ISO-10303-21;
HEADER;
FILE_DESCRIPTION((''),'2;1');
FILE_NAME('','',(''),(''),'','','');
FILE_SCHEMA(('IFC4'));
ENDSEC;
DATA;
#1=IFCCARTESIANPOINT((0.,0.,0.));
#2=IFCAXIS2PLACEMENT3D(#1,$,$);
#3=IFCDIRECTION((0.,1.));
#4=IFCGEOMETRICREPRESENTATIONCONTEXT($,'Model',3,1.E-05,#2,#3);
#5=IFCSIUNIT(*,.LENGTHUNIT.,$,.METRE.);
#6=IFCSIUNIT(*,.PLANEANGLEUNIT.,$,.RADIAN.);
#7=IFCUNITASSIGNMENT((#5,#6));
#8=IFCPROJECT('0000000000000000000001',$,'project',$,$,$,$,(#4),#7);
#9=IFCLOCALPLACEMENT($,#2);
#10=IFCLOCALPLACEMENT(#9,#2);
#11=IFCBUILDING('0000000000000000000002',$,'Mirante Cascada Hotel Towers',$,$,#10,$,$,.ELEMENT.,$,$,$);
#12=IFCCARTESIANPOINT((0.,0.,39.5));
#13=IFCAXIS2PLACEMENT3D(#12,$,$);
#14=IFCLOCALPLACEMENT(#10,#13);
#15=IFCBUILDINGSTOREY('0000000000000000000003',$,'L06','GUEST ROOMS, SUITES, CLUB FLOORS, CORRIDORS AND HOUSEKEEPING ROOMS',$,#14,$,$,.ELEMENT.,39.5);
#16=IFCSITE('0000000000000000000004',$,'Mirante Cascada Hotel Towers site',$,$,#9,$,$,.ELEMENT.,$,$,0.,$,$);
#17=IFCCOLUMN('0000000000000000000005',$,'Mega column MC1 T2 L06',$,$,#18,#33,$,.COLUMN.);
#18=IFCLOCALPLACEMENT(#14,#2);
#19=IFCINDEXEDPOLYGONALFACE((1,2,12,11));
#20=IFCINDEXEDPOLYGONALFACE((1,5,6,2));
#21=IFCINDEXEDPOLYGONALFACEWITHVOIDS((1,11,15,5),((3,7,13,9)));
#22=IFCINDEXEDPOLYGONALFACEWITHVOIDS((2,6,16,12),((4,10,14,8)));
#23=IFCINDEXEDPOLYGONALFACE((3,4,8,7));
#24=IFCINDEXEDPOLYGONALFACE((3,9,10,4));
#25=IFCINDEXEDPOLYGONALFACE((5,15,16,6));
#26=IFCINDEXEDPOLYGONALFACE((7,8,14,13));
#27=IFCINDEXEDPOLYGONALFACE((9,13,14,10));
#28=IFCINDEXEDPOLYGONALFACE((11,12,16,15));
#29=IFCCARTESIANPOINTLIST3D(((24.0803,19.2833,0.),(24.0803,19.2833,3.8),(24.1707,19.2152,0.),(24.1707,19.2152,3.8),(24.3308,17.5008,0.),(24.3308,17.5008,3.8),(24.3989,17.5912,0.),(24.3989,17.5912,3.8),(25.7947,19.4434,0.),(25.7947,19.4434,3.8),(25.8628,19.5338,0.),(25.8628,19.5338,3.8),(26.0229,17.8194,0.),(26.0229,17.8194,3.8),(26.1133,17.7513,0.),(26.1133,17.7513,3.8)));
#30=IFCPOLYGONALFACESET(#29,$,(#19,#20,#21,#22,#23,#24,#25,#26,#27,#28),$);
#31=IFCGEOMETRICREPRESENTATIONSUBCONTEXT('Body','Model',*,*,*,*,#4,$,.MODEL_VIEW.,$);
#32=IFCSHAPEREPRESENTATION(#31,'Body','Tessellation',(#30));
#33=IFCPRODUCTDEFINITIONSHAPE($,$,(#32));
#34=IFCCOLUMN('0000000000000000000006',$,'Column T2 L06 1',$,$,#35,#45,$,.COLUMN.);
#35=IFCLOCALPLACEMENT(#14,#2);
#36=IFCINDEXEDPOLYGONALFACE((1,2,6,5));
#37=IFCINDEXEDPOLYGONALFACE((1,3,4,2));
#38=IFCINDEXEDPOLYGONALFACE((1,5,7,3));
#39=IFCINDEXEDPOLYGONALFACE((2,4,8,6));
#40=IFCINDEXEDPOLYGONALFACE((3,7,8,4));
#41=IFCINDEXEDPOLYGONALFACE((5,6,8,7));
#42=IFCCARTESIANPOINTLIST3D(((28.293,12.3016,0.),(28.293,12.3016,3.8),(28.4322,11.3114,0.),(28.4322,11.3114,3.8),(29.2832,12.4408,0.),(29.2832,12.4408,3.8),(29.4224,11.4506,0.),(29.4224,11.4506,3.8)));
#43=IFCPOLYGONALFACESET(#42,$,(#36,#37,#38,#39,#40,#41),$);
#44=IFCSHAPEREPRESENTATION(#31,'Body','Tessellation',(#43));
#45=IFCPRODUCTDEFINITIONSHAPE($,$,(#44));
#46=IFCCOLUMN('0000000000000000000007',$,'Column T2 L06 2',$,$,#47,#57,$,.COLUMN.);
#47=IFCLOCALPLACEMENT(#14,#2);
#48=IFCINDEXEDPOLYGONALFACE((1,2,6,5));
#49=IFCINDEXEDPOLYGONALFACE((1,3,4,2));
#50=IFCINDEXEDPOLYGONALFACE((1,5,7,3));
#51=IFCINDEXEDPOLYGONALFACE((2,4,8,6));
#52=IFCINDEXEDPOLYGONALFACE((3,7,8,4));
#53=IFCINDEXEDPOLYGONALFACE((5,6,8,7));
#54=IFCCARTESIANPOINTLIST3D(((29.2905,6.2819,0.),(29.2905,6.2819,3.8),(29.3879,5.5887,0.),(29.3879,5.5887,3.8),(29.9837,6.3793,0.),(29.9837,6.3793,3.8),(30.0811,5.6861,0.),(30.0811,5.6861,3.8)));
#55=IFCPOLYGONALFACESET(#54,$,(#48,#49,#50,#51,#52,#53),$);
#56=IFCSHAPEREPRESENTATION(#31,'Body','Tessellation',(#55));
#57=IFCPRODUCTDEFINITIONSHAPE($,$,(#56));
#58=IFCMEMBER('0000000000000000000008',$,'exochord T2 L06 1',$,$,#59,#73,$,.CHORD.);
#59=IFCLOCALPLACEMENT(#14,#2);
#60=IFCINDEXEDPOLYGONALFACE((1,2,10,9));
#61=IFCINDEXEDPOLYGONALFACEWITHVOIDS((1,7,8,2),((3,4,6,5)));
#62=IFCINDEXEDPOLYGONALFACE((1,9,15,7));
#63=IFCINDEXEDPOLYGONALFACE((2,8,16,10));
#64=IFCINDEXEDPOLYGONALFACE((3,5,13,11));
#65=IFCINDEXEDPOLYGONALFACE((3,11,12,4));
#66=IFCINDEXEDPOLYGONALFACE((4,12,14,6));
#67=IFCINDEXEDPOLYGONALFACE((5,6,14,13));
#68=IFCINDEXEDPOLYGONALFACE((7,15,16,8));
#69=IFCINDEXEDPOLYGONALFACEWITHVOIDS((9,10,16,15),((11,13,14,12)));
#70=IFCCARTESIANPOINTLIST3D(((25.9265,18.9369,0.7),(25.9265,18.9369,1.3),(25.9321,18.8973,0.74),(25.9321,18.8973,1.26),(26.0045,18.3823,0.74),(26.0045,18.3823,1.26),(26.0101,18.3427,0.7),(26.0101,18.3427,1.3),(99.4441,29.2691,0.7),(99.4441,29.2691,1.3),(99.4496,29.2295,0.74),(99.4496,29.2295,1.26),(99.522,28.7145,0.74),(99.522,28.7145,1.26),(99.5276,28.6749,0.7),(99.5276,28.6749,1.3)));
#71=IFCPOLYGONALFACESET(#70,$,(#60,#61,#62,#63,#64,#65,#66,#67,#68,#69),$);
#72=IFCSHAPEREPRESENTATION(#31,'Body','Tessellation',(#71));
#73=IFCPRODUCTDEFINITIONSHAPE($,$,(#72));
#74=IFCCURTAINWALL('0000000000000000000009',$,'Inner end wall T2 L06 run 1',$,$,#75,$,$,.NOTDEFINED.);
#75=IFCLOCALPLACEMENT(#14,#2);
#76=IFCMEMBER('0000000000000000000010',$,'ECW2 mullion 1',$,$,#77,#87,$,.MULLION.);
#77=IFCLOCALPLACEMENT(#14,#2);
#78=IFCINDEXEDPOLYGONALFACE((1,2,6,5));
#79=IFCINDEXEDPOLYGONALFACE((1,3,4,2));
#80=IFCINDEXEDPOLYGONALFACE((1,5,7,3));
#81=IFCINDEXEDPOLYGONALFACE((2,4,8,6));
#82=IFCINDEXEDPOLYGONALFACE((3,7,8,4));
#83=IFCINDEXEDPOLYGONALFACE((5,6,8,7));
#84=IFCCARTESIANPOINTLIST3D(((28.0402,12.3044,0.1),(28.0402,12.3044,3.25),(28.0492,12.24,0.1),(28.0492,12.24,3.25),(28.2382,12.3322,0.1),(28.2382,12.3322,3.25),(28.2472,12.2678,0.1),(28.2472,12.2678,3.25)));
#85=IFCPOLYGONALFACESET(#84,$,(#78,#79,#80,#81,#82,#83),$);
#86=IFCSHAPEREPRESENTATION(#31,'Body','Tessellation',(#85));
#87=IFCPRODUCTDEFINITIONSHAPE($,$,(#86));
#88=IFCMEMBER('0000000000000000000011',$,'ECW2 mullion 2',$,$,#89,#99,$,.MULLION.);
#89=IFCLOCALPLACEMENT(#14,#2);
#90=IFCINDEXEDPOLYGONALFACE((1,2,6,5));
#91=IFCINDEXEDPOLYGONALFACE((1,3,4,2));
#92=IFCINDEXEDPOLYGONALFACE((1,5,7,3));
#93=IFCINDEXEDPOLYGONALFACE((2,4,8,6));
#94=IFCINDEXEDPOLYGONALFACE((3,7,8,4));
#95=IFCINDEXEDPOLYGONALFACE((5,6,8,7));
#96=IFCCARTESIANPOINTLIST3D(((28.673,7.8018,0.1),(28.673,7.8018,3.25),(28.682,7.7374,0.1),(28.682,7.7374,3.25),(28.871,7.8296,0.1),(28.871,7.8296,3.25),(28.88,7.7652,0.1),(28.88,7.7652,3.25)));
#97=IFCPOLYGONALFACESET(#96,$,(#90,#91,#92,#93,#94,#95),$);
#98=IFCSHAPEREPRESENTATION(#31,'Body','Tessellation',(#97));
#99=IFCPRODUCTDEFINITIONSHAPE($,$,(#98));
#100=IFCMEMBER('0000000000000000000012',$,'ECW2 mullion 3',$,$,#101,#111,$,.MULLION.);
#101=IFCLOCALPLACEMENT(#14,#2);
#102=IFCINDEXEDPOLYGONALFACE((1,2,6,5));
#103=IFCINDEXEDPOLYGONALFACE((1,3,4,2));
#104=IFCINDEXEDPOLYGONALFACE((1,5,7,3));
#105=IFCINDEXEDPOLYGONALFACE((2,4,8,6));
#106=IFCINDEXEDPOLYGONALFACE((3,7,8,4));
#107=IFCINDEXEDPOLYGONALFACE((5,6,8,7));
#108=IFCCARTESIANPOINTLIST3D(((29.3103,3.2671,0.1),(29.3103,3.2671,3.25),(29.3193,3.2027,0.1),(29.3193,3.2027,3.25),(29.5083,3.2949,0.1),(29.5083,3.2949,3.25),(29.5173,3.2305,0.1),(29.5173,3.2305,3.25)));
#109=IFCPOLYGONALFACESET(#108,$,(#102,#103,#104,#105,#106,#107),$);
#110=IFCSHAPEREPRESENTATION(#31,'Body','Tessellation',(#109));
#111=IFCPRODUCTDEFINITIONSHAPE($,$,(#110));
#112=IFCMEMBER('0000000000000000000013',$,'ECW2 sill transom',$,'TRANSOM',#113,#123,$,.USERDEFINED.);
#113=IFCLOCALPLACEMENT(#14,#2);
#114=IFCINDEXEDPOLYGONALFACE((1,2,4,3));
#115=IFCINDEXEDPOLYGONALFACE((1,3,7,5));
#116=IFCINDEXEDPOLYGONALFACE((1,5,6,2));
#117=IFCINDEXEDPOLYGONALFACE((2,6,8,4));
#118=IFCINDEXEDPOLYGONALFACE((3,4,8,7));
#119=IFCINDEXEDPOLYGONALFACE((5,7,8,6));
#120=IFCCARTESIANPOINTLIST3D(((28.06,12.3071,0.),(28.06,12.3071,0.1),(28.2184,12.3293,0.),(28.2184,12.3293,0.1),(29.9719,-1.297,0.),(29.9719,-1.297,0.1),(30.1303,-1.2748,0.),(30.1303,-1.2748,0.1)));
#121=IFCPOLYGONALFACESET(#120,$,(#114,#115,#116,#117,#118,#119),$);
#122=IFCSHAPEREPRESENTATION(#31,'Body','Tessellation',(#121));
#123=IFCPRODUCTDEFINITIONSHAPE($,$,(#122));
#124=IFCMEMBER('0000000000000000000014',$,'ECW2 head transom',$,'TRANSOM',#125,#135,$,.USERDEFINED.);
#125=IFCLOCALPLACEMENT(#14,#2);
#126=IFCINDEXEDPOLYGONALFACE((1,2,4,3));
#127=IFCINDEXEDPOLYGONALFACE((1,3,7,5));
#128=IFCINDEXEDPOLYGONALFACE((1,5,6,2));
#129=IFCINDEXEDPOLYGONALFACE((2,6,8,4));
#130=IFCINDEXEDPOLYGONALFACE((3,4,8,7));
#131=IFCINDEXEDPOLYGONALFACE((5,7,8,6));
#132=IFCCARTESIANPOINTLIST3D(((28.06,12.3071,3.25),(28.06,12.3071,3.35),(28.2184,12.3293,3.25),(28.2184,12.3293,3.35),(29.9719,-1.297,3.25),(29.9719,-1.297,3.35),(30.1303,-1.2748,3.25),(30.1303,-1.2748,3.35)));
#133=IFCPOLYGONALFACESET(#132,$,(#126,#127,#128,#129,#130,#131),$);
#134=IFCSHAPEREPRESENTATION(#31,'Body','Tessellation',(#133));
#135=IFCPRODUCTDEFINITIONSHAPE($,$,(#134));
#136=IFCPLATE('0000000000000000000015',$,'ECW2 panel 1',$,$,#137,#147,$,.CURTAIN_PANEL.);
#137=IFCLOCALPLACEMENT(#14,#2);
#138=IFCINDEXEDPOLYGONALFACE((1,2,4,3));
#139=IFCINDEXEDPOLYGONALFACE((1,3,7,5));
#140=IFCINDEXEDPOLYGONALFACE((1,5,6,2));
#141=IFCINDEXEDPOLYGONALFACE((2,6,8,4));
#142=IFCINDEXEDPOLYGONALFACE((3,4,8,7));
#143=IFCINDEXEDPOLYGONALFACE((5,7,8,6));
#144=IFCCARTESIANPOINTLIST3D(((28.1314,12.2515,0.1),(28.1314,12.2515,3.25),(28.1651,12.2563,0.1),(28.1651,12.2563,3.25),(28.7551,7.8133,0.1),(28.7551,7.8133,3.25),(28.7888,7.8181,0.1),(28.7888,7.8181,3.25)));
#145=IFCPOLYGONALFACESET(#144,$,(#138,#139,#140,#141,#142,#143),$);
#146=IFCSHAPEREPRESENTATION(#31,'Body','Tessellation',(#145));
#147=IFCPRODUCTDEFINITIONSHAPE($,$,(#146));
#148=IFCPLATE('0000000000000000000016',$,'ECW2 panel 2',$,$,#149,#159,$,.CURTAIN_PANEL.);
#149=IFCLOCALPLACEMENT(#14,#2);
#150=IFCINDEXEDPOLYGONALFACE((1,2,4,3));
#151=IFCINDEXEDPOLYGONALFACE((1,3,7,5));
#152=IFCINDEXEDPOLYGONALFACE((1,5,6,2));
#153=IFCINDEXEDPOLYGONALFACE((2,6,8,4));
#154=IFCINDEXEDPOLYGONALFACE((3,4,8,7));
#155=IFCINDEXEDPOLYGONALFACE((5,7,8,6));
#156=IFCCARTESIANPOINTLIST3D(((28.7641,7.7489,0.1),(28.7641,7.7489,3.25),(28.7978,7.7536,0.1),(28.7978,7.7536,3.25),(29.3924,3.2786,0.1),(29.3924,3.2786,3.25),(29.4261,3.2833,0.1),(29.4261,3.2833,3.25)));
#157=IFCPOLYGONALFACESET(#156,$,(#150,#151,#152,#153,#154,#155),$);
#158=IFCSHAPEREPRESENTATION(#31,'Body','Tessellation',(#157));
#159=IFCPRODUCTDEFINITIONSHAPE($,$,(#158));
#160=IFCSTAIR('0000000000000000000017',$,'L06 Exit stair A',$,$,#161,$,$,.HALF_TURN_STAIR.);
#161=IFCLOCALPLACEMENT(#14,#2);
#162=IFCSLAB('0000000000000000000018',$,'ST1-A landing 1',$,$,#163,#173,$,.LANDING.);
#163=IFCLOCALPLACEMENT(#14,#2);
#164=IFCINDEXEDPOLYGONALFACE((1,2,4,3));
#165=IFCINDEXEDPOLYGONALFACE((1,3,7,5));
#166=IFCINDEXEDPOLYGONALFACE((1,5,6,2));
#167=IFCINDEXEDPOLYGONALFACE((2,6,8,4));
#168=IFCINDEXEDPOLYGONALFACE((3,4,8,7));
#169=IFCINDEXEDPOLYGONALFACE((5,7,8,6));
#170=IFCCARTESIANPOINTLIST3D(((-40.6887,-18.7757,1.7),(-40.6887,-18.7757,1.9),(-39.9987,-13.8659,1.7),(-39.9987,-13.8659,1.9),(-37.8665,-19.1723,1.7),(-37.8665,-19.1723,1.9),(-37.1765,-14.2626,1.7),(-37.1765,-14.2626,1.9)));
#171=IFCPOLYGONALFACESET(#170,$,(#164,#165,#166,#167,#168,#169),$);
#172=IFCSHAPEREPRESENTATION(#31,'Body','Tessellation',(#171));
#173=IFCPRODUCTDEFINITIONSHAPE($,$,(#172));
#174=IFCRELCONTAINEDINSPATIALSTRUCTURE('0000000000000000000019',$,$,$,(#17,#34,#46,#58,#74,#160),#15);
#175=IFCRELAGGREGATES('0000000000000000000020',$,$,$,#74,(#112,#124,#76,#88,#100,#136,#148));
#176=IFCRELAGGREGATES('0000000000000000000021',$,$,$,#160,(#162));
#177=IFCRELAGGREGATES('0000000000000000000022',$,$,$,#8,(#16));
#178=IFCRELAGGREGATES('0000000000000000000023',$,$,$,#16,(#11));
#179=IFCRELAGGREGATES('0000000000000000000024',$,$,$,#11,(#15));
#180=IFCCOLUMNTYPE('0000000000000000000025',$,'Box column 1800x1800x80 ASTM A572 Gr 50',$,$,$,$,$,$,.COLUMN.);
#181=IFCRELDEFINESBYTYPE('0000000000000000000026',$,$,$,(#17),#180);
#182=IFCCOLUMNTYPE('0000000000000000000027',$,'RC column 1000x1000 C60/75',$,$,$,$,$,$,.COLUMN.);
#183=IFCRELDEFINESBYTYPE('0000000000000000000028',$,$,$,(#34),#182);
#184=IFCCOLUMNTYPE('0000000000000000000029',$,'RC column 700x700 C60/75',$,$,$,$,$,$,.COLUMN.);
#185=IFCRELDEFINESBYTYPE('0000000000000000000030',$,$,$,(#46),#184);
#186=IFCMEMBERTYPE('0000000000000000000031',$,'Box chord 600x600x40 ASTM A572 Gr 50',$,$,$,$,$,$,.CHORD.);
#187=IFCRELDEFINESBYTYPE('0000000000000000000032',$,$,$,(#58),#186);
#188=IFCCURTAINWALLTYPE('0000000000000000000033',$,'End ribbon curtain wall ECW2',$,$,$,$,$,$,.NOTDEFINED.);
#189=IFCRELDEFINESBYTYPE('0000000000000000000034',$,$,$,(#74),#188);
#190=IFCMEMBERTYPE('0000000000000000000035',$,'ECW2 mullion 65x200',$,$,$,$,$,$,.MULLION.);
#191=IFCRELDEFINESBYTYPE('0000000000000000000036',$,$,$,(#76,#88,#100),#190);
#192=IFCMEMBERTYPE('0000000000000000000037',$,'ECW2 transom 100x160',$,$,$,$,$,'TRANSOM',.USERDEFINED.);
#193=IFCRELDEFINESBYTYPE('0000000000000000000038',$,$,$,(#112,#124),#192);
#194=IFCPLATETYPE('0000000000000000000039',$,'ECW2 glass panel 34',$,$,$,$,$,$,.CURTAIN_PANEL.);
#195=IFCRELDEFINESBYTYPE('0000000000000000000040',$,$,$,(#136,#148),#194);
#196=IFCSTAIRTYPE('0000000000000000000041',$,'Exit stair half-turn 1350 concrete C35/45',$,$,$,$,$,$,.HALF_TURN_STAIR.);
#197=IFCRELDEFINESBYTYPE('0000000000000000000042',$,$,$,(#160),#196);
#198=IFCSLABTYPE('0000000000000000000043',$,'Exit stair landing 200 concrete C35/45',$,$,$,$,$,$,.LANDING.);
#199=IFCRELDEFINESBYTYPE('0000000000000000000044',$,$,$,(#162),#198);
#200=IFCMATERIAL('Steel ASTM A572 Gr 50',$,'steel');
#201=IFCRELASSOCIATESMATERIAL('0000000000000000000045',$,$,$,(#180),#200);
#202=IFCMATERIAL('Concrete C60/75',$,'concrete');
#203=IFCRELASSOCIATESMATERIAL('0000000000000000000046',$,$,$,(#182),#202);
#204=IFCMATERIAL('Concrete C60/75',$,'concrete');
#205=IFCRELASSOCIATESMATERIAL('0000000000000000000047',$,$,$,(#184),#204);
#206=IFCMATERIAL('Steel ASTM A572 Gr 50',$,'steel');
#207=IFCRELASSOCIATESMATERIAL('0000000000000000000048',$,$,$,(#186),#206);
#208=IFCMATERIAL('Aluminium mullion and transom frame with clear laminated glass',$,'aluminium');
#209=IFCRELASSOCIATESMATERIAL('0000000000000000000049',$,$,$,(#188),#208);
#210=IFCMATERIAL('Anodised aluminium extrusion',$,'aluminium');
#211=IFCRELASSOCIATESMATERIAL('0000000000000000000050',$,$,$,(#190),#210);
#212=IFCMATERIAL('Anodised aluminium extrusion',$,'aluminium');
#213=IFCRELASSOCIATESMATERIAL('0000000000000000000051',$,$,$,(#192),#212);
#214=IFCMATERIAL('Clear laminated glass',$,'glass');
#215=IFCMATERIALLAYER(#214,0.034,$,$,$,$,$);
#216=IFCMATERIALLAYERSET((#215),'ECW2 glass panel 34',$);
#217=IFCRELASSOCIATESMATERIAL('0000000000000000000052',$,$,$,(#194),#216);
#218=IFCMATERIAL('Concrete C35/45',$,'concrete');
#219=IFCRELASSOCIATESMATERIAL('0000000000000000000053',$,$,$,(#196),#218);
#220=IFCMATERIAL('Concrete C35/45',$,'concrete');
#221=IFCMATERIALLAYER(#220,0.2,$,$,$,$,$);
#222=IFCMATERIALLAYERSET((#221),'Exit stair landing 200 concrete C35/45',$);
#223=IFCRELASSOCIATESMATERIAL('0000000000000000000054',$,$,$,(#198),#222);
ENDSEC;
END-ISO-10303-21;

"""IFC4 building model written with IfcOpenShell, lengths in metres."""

from ifc_helpers import new_model, si_unit, direction, frame, origin, origin_2d, place, context, subcontext, project, spatial, polyline, rectangle, hollow_rectangle, outline, extrude, material, layer, layer_set, material_profile, profile_set, type_object, element, aggregate, save


model = new_model("IFC4")

# Units and contexts
model_context = context("Model", 3, precision=1e-05, world=origin(), true_north=direction((0.0, 1.0)))
body_context = subcontext(model_context, "Body", "Model", "MODEL_VIEW")
ifc_project = project(units=[si_unit("LENGTHUNIT", "METRE"), si_unit("PLANEANGLEUNIT", "RADIAN")], contexts=[model_context])

# Site, building, storey
site_placement = place(None, origin())
site = spatial("IfcSite", under=ifc_project, at=site_placement, Name="Mirante Cascada Hotel Towers site", CompositionType="ELEMENT", RefElevation=0.0)
building_placement = place(site_placement, origin())
building = spatial("IfcBuilding", under=site, at=building_placement, Name="Mirante Cascada Hotel Towers", CompositionType="ELEMENT")
storey_placement = place(building_placement, frame((0.0, 0.0, 39.5)))
storey = spatial("IfcBuildingStorey", under=building, at=storey_placement, Name="L06", Description="GUEST ROOMS, SUITES, CLUB FLOORS, CORRIDORS AND HOUSEKEEPING ROOMS", CompositionType="ELEMENT", Elevation=39.5)

# Columns
ifc_material_1 = material(Name="Steel ASTM A572 Gr 50", Category="steel")
ifc_material_profile_1 = material_profile(ifc_material_1, hollow_rectangle(XDim=1.8, YDim=1.8, WallThickness=0.08, at=origin_2d()), Name="Box column 1800x1800x80 ASTM A572 Gr 50")
ifc_profile_set_1 = profile_set([ifc_material_profile_1], Name="Steel ASTM A572 Gr 50")
column_type_1 = type_object("IfcColumnType", Name="Box column 1800x1800x80 ASTM A572 Gr 50", PredefinedType="COLUMN", material=ifc_profile_set_1)
column_1_placement = place(storey_placement, frame((25.0968, 18.5173, 0.0), z_axis=(0.0, 0.0, 1.0), x_axis=(0.990268, 0.139173, 0.0)))
element("IfcColumn", 1, at=column_1_placement, inside=storey, type_object=column_type_1, Name="Mega column MC1 T2 L06", PredefinedType="COLUMN", context=body_context, shape_type="SweptSolid", body=[
    extrude(hollow_rectangle(XDim=1.8, YDim=1.8, WallThickness=0.08, at=origin_2d()), origin(), (0.0, 0.0, 1.0), 3.8),
])
ifc_material_2 = material(Name="Concrete C60/75", Category="concrete")
ifc_material_profile_2 = material_profile(ifc_material_2, rectangle(XDim=1.0, YDim=1.0, at=origin_2d()), Name="RC column 1000x1000 C60/75")
ifc_profile_set_2 = profile_set([ifc_material_profile_2], Name="Concrete C60/75")
column_type_2 = type_object("IfcColumnType", Name="RC column 1000x1000 C60/75", PredefinedType="COLUMN", material=ifc_profile_set_2)
column_2_placement = place(storey_placement, frame((28.8577, 11.8761, 0.0), z_axis=(0.0, 0.0, 1.0), x_axis=(0.990268, 0.139173, 0.0)))
element("IfcColumn", 2, at=column_2_placement, inside=storey, type_object=column_type_2, Name="Column T2 L06 1", PredefinedType="COLUMN", context=body_context, shape_type="SweptSolid", body=[
    extrude(rectangle(XDim=1.0, YDim=1.0, at=origin_2d()), origin(), (0.0, 0.0, 1.0), 3.8),
])
ifc_material_3 = material(Name="Concrete C60/75", Category="concrete")
ifc_material_profile_3 = material_profile(ifc_material_3, rectangle(XDim=0.7, YDim=0.7, at=origin_2d()), Name="RC column 700x700 C60/75")
ifc_profile_set_3 = profile_set([ifc_material_profile_3], Name="Concrete C60/75")
column_type_3 = type_object("IfcColumnType", Name="RC column 700x700 C60/75", PredefinedType="COLUMN", material=ifc_profile_set_3)
column_3_placement = place(storey_placement, frame((29.6858, 5.984, 0.0), z_axis=(0.0, 0.0, 1.0), x_axis=(0.990268, 0.139173, 0.0)))
element("IfcColumn", 3, at=column_3_placement, inside=storey, type_object=column_type_3, Name="Column T2 L06 2", PredefinedType="COLUMN", context=body_context, shape_type="SweptSolid", body=[
    extrude(rectangle(XDim=0.7, YDim=0.7, at=origin_2d()), origin(), (0.0, 0.0, 1.0), 3.8),
])

# Member
ifc_material_4 = material(Name="Steel ASTM A572 Gr 50", Category="steel")
ifc_material_profile_4 = material_profile(ifc_material_4, hollow_rectangle(XDim=0.6, YDim=0.6, WallThickness=0.04, at=origin_2d()), Name="Box chord 600x600x40 ASTM A572 Gr 50")
ifc_profile_set_4 = profile_set([ifc_material_profile_4], Name="Steel ASTM A572 Gr 50")
member_type_1 = type_object("IfcMemberType", Name="Box chord 600x600x40 ASTM A572 Gr 50", PredefinedType="CHORD", material=ifc_profile_set_4)
member_1_placement = place(storey_placement, frame((25.9683, 18.6398, 1.0), z_axis=(0.990268, 0.139173, 0.0), x_axis=(-0.139173, 0.990268, 0.0)))
element("IfcMember", 4, at=member_1_placement, inside=storey, type_object=member_type_1, Name="exochord T2 L06 1", PredefinedType="CHORD", context=body_context, shape_type="SweptSolid", body=[
    extrude(hollow_rectangle(XDim=0.6, YDim=0.6, WallThickness=0.04, at=origin_2d()), origin(), (0.0, 0.0, 1.0), 74.24),
])

# Curtain wall, members, plates
ifc_material_5 = material(Name="Aluminium mullion and transom frame with clear laminated glass", Category="aluminium")
curtain_wall_type = type_object("IfcCurtainWallType", Name="End ribbon curtain wall ECW2", PredefinedType="NOTDEFINED", material=ifc_material_5)
curtain_wall_placement = place(storey_placement, origin())
curtain_wall = element("IfcCurtainWall", 5, at=curtain_wall_placement, inside=storey, type_object=curtain_wall_type, Name="Inner end wall T2 L06 run 1", PredefinedType="NOTDEFINED")
ifc_material_6 = material(Name="Anodised aluminium extrusion", Category="aluminium")
ifc_material_profile_5 = material_profile(ifc_material_6, rectangle(XDim=0.2, YDim=0.065, at=origin_2d()), Name="ECW2 MULLION 65x200")
ifc_profile_set_5 = profile_set([ifc_material_profile_5], Name="Anodised aluminium extrusion")
member_type_2 = type_object("IfcMemberType", Name="ECW2 mullion 65x200", PredefinedType="MULLION", material=ifc_profile_set_5)
member_2_placement = place(storey_placement, frame((28.1437, 12.2861, 0.1), z_axis=(0.0, 0.0, 1.0), x_axis=(0.990268, 0.139173, 0.0)))
member_2 = element("IfcMember", 6, at=member_2_placement, type_object=member_type_2, Name="ECW2 mullion 1", PredefinedType="MULLION", context=body_context, shape_type="SweptSolid", body=[
    extrude(rectangle(XDim=0.2, YDim=0.065, at=origin_2d()), origin(), (0.0, 0.0, 1.0), 3.15),
])
member_3_placement = place(storey_placement, frame((28.7765, 7.7835, 0.1), z_axis=(0.0, 0.0, 1.0), x_axis=(0.990268, 0.139173, 0.0)))
member_3 = element("IfcMember", 7, at=member_3_placement, type_object=member_type_2, Name="ECW2 mullion 2", PredefinedType="MULLION", context=body_context, shape_type="SweptSolid", body=[
    extrude(rectangle(XDim=0.2, YDim=0.065, at=origin_2d()), origin(), (0.0, 0.0, 1.0), 3.15),
])
member_4_placement = place(storey_placement, frame((29.4138, 3.2488, 0.1), z_axis=(0.0, 0.0, 1.0), x_axis=(0.990268, 0.139173, 0.0)))
member_4 = element("IfcMember", 8, at=member_4_placement, type_object=member_type_2, Name="ECW2 mullion 3", PredefinedType="MULLION", context=body_context, shape_type="SweptSolid", body=[
    extrude(rectangle(XDim=0.2, YDim=0.065, at=origin_2d()), origin(), (0.0, 0.0, 1.0), 3.15),
])
ifc_material_7 = material(Name="Anodised aluminium extrusion", Category="aluminium")
ifc_material_profile_6 = material_profile(ifc_material_7, rectangle(XDim=0.16, YDim=0.1, at=origin_2d()), Name="ECW2 TRANSOM 100x160")
ifc_profile_set_6 = profile_set([ifc_material_profile_6], Name="Anodised aluminium extrusion")
member_type_3 = type_object("IfcMemberType", Name="ECW2 transom 100x160", ElementType="TRANSOM", PredefinedType="USERDEFINED", material=ifc_profile_set_6)
member_5_placement = place(storey_placement, frame((28.1392, 12.3182, 0.05), z_axis=(0.139171, -0.990268, 0.0), x_axis=(0.990268, 0.139171, 0.0)))
member_5 = element("IfcMember", 9, at=member_5_placement, type_object=member_type_3, Name="ECW2 sill transom", ObjectType="TRANSOM", PredefinedType="USERDEFINED", context=body_context, shape_type="SweptSolid", body=[
    extrude(rectangle(XDim=0.16, YDim=0.1, at=origin_2d()), origin(), (0.0, 0.0, 1.0), 13.7378),
])
member_6_placement = place(storey_placement, frame((28.1392, 12.3182, 3.3), z_axis=(0.139171, -0.990268, 0.0), x_axis=(0.990268, 0.139171, 0.0)))
member_6 = element("IfcMember", 10, at=member_6_placement, type_object=member_type_3, Name="ECW2 head transom", ObjectType="TRANSOM", PredefinedType="USERDEFINED", context=body_context, shape_type="SweptSolid", body=[
    extrude(rectangle(XDim=0.16, YDim=0.1, at=origin_2d()), origin(), (0.0, 0.0, 1.0), 13.7378),
])
ifc_material_8 = material(Name="Clear laminated glass", Category="glass")
ifc_layer_1 = layer(ifc_material_8, 0.034)
ifc_layer_set_1 = layer_set([ifc_layer_1], Name="ECW2 glass panel 34")
plate_type = type_object("IfcPlateType", Name="ECW2 glass panel 34", PredefinedType="CURTAIN_PANEL", material=ifc_layer_set_1)
plate_1_placement = place(storey_placement, frame((28.4601, 10.0348, 0.1), z_axis=(0.0, 0.0, 1.0), x_axis=(0.139173, -0.990268, 0.0)))
plate_1 = element("IfcPlate", 11, at=plate_1_placement, type_object=plate_type, Name="ECW2 panel 1", PredefinedType="CURTAIN_PANEL", context=body_context, shape_type="SweptSolid", body=[
    extrude(rectangle(XDim=4.4818, YDim=0.034, at=origin_2d()), origin(), (0.0, 0.0, 1.0), 3.15),
])
plate_2_placement = place(storey_placement, frame((29.0951, 5.5161, 0.1), z_axis=(0.0, 0.0, 1.0), x_axis=(0.139173, -0.990268, 0.0)))
plate_2 = element("IfcPlate", 12, at=plate_2_placement, type_object=plate_type, Name="ECW2 panel 2", PredefinedType="CURTAIN_PANEL", context=body_context, shape_type="SweptSolid", body=[
    extrude(rectangle(XDim=4.5143, YDim=0.034, at=origin_2d()), origin(), (0.0, 0.0, 1.0), 3.15),
])
aggregate(curtain_wall, [member_5, member_6, member_2, member_3, member_4, plate_1, plate_2])

# Stair, slab
ifc_material_9 = material(Name="Concrete C35/45", Category="concrete")
stair_type = type_object("IfcStairType", Name="Exit stair half-turn 1350 concrete C35/45", PredefinedType="HALF_TURN_STAIR", material=ifc_material_9)
stair_1_placement = place(storey_placement, origin())
stair_1 = element("IfcStair", 13, at=stair_1_placement, inside=storey, type_object=stair_type, Name="L06 Exit stair A", PredefinedType="HALF_TURN_STAIR")
ifc_material_10 = material(Name="Concrete C35/45", Category="concrete")
ifc_layer_2 = layer(ifc_material_10, 0.2)
ifc_layer_set_2 = layer_set([ifc_layer_2], Name="Exit stair landing 200 concrete C35/45")
slab_type = type_object("IfcSlabType", Name="Exit stair landing 200 concrete C35/45", PredefinedType="LANDING", material=ifc_layer_set_2)
slab_1_placement = place(storey_placement, frame((0.0, 0.0, 1.7)))
slab_1 = element("IfcSlab", 14, at=slab_1_placement, type_object=slab_type, Name="ST1-A landing 1", PredefinedType="LANDING", context=body_context, shape_type="SweptSolid", body=[
    extrude(outline(polyline([(-39.9987, -13.8659), (-40.6887, -18.7757), (-37.8665, -19.1723), (-37.1765, -14.2626), (-39.9987, -13.8659)])), origin(), (0.0, 0.0, 1.0), 0.2),
])
aggregate(stair_1, [slab_1])

save(model, "model.ifc")
